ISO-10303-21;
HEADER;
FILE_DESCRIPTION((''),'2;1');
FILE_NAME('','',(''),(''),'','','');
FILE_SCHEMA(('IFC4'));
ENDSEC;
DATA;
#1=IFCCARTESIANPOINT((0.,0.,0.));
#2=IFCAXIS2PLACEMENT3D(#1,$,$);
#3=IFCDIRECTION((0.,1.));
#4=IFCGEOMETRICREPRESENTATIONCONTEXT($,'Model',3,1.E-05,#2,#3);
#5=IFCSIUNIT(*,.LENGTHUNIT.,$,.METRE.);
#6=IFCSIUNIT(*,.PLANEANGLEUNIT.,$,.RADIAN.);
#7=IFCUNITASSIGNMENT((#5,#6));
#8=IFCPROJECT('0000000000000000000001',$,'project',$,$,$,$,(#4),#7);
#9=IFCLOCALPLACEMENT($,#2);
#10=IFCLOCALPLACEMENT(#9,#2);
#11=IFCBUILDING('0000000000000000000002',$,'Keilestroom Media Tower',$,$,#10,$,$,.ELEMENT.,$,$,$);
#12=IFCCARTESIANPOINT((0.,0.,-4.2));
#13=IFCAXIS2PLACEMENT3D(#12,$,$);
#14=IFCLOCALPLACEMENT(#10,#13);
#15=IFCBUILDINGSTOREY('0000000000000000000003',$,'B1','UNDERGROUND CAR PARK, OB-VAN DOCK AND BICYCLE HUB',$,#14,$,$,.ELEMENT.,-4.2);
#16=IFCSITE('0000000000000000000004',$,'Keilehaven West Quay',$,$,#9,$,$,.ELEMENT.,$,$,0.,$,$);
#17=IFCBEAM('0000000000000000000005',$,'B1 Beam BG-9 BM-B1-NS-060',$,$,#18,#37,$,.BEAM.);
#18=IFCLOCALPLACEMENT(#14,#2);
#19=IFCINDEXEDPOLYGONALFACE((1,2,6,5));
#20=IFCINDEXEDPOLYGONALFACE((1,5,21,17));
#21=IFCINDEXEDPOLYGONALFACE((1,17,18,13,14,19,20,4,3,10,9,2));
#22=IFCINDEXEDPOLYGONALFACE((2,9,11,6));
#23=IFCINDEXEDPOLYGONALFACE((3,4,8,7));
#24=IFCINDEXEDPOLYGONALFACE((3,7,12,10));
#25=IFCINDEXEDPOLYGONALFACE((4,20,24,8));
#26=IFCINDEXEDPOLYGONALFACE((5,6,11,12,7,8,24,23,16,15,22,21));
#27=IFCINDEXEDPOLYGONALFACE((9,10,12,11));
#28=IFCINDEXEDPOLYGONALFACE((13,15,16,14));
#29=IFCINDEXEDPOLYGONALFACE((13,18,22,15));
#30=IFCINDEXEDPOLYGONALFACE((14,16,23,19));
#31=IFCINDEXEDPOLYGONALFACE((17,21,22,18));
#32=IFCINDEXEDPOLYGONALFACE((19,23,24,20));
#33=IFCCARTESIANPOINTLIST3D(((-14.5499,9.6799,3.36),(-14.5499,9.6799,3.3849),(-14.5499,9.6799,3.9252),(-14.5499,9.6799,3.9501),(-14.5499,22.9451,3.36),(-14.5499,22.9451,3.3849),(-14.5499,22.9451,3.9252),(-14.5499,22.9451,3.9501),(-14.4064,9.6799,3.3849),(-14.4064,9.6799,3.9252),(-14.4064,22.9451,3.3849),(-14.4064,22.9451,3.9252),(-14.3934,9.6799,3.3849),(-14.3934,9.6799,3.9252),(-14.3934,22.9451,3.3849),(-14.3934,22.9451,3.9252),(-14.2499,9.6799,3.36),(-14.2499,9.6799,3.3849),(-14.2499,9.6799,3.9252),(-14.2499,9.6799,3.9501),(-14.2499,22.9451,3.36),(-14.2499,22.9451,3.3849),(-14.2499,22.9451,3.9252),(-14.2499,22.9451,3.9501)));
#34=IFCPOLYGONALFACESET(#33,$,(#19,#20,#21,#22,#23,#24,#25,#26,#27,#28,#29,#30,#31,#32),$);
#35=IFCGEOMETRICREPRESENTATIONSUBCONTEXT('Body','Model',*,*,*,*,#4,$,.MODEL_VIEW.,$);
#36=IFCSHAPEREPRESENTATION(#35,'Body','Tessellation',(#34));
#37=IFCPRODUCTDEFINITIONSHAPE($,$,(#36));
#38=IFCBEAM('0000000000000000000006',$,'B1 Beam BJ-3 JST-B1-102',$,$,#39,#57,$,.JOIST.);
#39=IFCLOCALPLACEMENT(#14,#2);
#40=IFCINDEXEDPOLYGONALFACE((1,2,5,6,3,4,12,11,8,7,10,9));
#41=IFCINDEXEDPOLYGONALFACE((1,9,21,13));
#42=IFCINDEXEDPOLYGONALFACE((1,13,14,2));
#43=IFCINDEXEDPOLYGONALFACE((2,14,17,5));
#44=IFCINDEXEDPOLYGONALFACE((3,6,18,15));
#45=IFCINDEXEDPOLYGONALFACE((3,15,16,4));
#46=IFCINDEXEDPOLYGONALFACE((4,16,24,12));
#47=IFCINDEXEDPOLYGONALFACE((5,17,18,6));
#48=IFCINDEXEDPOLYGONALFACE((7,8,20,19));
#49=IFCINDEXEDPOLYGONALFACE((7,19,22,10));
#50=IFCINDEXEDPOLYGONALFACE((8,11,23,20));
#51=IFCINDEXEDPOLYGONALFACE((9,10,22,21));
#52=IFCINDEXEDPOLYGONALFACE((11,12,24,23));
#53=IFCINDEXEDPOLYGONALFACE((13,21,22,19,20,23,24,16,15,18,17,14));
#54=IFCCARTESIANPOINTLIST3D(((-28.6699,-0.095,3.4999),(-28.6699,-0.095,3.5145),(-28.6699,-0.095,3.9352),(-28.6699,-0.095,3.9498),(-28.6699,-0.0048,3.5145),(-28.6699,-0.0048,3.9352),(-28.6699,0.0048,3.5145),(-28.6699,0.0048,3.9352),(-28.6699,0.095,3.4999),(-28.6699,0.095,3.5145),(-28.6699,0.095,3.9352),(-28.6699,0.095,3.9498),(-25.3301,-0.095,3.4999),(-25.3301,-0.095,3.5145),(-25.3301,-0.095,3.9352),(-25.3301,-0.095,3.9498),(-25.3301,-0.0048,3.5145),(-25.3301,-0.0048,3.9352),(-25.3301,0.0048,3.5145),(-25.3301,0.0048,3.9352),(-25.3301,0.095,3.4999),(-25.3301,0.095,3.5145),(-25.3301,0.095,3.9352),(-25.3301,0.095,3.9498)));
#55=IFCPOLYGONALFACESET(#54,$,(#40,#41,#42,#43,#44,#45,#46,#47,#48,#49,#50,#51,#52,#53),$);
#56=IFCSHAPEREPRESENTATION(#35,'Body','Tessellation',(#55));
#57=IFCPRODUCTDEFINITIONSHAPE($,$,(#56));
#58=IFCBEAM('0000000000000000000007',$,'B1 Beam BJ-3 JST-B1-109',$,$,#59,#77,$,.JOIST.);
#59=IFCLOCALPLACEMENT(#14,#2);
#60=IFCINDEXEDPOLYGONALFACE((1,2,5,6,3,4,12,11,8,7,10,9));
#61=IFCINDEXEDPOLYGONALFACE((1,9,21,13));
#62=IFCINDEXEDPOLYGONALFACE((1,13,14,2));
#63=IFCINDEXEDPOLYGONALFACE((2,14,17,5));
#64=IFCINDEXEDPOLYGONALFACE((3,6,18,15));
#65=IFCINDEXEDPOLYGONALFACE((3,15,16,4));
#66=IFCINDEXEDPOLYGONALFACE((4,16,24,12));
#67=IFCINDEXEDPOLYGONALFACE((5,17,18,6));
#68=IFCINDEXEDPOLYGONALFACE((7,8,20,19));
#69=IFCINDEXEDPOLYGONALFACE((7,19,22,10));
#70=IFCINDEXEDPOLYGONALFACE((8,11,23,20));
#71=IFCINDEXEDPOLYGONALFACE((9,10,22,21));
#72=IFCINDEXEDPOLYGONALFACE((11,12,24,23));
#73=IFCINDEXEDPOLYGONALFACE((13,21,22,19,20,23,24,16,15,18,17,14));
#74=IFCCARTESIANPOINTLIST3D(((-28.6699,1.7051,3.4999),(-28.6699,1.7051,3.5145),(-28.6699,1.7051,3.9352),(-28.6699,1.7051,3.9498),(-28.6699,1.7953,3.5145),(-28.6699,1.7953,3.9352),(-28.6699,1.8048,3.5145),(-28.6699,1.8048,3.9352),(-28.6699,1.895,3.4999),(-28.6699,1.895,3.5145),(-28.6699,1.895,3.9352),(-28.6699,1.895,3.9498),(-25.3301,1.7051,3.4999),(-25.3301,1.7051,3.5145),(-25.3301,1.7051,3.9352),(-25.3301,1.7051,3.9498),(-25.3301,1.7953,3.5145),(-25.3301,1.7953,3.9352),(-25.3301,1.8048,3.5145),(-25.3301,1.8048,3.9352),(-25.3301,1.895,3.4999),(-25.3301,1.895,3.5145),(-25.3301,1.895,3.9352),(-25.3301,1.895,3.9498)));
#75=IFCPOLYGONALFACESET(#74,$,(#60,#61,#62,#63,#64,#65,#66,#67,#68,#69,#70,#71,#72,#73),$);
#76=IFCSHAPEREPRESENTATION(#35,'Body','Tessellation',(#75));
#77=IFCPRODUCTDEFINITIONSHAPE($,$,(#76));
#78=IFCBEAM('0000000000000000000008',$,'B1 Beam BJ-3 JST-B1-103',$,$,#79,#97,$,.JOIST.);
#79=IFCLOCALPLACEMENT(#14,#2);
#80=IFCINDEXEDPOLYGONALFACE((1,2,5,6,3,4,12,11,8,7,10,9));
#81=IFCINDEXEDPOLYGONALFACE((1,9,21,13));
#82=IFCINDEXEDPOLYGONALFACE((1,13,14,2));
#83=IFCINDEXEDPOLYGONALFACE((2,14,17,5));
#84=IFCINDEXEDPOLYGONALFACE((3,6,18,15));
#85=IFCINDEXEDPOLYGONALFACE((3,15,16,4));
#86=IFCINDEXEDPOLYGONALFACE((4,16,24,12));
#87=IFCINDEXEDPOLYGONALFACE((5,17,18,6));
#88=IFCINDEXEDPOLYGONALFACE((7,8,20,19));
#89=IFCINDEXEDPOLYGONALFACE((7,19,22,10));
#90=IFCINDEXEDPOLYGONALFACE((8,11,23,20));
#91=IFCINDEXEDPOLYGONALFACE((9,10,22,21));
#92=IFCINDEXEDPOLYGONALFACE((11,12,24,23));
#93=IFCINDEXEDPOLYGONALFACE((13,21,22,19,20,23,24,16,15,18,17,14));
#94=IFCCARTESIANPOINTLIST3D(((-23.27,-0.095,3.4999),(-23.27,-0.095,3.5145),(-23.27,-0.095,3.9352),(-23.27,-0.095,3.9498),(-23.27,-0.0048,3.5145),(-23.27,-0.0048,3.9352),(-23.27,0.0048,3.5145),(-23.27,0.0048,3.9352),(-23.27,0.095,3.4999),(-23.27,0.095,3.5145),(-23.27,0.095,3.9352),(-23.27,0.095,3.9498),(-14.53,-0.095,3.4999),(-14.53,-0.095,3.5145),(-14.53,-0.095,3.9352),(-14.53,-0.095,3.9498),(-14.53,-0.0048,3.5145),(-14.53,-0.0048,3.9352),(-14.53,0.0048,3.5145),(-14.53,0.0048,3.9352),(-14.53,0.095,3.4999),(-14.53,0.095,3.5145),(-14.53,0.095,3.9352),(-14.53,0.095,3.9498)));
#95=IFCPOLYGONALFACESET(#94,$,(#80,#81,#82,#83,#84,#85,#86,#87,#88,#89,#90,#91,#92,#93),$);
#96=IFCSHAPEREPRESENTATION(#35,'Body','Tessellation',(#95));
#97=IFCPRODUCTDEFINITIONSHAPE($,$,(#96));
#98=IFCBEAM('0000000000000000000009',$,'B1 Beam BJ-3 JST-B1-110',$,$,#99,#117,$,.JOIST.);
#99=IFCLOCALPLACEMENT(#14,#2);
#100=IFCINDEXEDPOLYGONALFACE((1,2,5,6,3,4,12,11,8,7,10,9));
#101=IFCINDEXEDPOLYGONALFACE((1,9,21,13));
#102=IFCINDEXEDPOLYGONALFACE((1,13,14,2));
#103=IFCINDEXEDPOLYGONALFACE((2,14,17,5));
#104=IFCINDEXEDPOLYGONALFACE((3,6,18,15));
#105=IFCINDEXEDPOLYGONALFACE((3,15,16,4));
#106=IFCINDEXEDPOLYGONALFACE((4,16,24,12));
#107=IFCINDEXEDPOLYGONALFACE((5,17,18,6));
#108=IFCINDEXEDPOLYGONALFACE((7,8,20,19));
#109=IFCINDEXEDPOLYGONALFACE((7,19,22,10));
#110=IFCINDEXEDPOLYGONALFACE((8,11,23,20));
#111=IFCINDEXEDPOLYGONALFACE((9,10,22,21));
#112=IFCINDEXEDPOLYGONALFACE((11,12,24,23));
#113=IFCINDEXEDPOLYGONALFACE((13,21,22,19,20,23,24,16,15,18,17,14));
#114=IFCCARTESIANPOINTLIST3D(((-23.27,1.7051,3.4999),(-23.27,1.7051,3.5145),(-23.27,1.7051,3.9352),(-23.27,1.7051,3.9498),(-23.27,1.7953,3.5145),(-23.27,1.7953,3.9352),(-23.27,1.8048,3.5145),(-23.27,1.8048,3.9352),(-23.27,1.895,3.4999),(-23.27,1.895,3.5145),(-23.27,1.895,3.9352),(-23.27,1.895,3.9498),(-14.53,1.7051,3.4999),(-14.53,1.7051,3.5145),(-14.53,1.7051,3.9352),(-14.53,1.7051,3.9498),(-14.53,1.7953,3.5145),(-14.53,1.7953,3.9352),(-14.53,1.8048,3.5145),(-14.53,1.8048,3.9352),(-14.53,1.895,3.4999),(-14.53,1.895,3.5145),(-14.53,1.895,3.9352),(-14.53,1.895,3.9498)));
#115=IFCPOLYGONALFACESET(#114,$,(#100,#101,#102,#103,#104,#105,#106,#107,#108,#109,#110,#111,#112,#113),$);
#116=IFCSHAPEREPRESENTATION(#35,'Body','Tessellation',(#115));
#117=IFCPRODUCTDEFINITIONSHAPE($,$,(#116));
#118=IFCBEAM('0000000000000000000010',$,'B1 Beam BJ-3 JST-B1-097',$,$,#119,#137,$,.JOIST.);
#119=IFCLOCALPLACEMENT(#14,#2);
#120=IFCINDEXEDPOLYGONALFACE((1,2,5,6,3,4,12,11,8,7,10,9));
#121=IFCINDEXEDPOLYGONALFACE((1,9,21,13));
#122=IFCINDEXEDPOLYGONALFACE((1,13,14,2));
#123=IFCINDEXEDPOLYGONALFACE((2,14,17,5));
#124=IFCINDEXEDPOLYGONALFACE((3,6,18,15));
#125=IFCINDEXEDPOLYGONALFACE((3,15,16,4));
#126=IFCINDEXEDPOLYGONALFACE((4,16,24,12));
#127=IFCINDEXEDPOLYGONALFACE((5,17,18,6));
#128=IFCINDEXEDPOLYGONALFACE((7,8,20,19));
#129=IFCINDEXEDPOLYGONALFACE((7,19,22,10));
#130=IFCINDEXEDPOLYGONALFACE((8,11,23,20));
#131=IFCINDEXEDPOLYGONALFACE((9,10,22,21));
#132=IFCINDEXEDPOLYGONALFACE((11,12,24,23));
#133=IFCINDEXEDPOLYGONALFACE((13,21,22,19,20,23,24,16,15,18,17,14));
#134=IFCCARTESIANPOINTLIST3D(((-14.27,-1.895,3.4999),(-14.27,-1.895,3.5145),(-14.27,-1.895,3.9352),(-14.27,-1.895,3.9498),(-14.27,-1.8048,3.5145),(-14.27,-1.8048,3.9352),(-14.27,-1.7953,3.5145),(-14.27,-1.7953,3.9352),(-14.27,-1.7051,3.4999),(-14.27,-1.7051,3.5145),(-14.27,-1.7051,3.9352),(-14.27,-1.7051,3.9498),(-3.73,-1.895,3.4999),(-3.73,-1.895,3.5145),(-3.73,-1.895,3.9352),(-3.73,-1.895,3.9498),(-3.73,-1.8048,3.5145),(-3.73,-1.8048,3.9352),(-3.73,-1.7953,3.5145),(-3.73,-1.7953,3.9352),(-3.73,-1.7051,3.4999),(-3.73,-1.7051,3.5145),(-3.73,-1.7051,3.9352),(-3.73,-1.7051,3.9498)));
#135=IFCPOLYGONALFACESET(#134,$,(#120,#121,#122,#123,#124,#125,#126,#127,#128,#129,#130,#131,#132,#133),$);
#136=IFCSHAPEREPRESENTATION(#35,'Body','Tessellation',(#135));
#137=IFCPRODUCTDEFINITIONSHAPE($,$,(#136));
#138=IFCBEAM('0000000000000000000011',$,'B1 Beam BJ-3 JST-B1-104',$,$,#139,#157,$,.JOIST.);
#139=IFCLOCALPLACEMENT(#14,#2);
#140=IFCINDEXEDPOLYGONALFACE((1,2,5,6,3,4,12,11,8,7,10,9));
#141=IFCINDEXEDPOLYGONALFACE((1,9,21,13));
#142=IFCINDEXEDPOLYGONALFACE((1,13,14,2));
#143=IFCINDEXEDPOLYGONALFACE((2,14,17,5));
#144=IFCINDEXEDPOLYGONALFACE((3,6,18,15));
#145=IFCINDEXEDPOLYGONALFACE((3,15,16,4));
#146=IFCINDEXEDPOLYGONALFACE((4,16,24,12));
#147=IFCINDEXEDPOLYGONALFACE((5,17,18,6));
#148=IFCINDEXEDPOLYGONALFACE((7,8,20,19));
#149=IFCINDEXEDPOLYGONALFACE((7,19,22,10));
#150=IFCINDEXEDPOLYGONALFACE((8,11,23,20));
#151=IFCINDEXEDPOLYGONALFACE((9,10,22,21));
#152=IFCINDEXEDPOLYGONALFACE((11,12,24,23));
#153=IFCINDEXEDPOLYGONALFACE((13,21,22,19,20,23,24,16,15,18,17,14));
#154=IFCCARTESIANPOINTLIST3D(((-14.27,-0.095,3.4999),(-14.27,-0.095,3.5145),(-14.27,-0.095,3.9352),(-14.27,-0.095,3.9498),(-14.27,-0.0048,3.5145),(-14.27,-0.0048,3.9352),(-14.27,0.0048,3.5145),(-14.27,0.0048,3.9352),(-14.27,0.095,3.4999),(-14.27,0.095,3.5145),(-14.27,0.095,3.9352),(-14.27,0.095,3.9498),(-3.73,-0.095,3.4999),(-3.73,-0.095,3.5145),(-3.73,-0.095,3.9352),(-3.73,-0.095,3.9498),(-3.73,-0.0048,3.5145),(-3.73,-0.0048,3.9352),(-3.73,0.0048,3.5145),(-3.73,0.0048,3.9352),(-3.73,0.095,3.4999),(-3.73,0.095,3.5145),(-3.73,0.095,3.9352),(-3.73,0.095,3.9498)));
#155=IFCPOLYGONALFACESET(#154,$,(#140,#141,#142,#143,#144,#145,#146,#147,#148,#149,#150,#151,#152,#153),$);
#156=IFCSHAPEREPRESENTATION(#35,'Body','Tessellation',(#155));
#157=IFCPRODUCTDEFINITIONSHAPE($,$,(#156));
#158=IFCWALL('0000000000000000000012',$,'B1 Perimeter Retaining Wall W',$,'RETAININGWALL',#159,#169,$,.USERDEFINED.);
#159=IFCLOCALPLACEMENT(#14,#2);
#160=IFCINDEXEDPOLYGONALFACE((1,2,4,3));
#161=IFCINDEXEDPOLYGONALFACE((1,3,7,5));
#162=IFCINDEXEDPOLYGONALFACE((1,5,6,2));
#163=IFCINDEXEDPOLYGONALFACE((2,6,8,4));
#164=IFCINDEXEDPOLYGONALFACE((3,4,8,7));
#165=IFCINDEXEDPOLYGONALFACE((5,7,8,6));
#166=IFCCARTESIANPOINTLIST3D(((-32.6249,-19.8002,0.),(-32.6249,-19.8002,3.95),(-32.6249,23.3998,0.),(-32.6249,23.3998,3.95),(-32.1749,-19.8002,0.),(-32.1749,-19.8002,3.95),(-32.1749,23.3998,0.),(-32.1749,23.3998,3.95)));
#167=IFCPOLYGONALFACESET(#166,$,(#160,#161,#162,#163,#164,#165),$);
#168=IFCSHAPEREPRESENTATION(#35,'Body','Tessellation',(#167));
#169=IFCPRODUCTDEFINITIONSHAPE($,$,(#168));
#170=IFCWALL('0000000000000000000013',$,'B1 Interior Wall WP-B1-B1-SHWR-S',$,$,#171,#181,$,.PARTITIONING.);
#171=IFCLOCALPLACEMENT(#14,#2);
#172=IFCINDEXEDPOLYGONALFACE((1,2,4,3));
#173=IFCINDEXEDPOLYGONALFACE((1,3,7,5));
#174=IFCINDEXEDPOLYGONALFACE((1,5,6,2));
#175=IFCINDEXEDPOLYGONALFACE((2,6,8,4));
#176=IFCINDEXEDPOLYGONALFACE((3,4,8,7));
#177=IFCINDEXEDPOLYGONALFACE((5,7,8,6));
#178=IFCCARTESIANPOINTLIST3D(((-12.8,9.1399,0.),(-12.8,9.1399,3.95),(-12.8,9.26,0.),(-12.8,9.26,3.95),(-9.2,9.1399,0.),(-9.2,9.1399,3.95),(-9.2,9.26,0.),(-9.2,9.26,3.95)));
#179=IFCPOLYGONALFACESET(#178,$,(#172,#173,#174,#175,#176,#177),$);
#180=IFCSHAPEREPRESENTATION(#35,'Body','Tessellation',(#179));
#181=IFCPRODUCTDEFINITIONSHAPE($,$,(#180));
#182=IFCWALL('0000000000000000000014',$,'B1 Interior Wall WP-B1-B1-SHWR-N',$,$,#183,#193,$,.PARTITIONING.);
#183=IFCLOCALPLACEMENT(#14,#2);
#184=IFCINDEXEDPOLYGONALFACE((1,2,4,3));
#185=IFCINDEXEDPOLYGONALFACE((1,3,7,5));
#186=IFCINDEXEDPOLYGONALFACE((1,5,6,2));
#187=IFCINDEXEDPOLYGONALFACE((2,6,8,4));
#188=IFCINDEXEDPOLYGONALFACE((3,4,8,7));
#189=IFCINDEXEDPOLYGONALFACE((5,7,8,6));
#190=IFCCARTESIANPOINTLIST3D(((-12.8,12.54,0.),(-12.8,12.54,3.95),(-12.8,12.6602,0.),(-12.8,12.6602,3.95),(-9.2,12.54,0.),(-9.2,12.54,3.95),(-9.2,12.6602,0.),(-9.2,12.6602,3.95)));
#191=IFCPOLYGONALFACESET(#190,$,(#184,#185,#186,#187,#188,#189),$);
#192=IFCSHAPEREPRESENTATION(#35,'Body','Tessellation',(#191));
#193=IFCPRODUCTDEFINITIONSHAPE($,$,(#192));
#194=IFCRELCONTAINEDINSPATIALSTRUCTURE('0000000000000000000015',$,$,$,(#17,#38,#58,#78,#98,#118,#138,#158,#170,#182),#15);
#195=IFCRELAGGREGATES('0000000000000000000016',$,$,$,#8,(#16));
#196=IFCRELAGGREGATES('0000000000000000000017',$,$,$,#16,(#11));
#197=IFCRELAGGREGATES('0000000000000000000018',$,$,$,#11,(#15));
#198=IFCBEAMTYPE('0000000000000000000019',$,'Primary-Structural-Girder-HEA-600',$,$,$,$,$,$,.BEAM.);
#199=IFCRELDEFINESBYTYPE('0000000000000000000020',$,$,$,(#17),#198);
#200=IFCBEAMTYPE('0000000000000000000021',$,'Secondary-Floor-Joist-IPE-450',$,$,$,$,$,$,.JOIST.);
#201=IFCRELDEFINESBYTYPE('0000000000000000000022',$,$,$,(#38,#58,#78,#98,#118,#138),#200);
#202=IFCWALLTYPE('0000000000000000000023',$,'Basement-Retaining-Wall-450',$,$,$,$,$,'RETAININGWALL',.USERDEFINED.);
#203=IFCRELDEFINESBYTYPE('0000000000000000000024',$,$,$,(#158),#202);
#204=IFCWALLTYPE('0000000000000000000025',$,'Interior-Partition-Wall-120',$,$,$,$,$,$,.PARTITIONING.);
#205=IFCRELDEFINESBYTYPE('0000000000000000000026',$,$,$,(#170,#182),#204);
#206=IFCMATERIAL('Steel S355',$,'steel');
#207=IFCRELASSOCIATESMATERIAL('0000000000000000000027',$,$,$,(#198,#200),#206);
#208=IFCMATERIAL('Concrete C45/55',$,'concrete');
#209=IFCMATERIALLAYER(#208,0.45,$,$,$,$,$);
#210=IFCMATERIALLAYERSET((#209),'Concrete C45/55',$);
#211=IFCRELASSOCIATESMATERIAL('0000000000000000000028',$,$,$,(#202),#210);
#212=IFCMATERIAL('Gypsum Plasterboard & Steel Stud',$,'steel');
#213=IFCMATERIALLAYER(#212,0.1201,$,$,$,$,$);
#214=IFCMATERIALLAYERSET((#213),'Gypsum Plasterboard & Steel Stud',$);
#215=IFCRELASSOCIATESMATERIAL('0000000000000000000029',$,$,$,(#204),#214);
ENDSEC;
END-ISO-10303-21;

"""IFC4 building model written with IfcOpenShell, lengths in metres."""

from ifc_helpers import new_model, si_unit, direction, frame, frame_2d, origin, origin_2d, place, context, subcontext, project, spatial, rectangle, i_section, extrude, source, transform, mapped, material, layer, layer_set, material_profile, profile_set, type_object, element, save


model = new_model("IFC4")

# Units and contexts
model_context = context("Model", 3, precision=1e-05, world=origin(), true_north=direction((0.0, 1.0)))
body_context = subcontext(model_context, "Body", "Model", "MODEL_VIEW")
ifc_project = project(units=[si_unit("LENGTHUNIT", "METRE"), si_unit("PLANEANGLEUNIT", "RADIAN")], contexts=[model_context])

# Site, building, storey
site_placement = place(None, origin())
site = spatial("IfcSite", under=ifc_project, at=site_placement, Name="Keilehaven West Quay", CompositionType="ELEMENT", RefElevation=0.0)
building_placement = place(site_placement, origin())
building = spatial("IfcBuilding", under=site, at=building_placement, Name="Keilestroom Media Tower", CompositionType="ELEMENT")
storey_placement = place(building_placement, frame((0.0, 0.0, -4.2)))
storey = spatial("IfcBuildingStorey", under=building, at=storey_placement, Name="B1", Description="UNDERGROUND CAR PARK, OB-VAN DOCK AND BICYCLE HUB", CompositionType="ELEMENT", Elevation=-4.2)

# Beams
ifc_material_1 = material(Name="Steel S355", Category="steel")
ifc_material_profile_1 = material_profile(ifc_material_1, i_section(OverallWidth=0.3, OverallDepth=0.5901, WebThickness=0.0129, FlangeThickness=0.0249, at=origin_2d()), Name="HEA 600")
ifc_profile_set_1 = profile_set([ifc_material_profile_1], Name="Steel S355")
beam_type_1 = type_object("IfcBeamType", Name="Primary-Structural-Girder-HEA-600", PredefinedType="BEAM", material=ifc_profile_set_1)
shared_shape_1 = source(origin(), body_context, "Body", "SweptSolid", [
    extrude(i_section(OverallWidth=0.3, OverallDepth=0.5901, WebThickness=0.0129, FlangeThickness=0.0249, at=origin_2d()), origin(), (0.0, 0.0, 1.0), 13.2651),
])
beam_1_placement = place(storey_placement, frame((-14.3999, 9.6799, 3.655), z_axis=(0.0, 1.0, 0.0), x_axis=(-1.0, 0.0, 0.0)))
element("IfcBeam", 1, at=beam_1_placement, inside=storey, type_object=beam_type_1, Name="B1 Beam BG-9 BM-B1-NS-060", PredefinedType="BEAM", context=body_context, shape_type="MappedRepresentation", body=[
    mapped(shared_shape_1, transform((0.0, 0.0, 0.0), x_axis=(1.0, 0.0, 0.0), y_axis=(0.0, 1.0, 0.0), z_axis=(0.0, 0.0, 1.0), scale=1.0)),
])
ifc_material_profile_2 = material_profile(ifc_material_1, i_section(OverallWidth=0.1899, OverallDepth=0.45, WebThickness=0.0095, FlangeThickness=0.0146, at=origin_2d()), Name="IPE 450")
ifc_profile_set_2 = profile_set([ifc_material_profile_2], Name="Steel S355")
beam_type_2 = type_object("IfcBeamType", Name="Secondary-Floor-Joist-IPE-450", PredefinedType="JOIST", material=ifc_profile_set_2)
shared_shape_2 = source(origin(), body_context, "Body", "SweptSolid", [
    extrude(i_section(OverallWidth=0.1899, OverallDepth=0.45, WebThickness=0.0095, FlangeThickness=0.0146, at=origin_2d()), origin(), (0.0, 0.0, 1.0), 3.3398),
])
for number, where, z_axis, x_axis, name in (
    (2, (-28.6699, 0.0, 3.7249), (1.0, 0.0, 0.0), (0.0, 1.0, 0.0), "B1 Beam BJ-3 JST-B1-102"),
    (3, (-28.6699, 1.8, 3.7249), (1.0, 0.0, 0.0), (0.0, 1.0, 0.0), "B1 Beam BJ-3 JST-B1-109"),
):
    element("IfcBeam", number, at=place(storey_placement, frame(where, z_axis=z_axis, x_axis=x_axis)), inside=storey, type_object=beam_type_2, Name=name, PredefinedType="JOIST", context=body_context, shape_type="MappedRepresentation", body=[
        mapped(shared_shape_2, transform((0.0, 0.0, 0.0), x_axis=(1.0, 0.0, 0.0), y_axis=(0.0, 1.0, 0.0), z_axis=(0.0, 0.0, 1.0), scale=1.0)),
    ])
shared_shape_3 = source(origin(), body_context, "Body", "SweptSolid", [
    extrude(i_section(OverallWidth=0.1899, OverallDepth=0.45, WebThickness=0.0095, FlangeThickness=0.0146, at=origin_2d()), origin(), (0.0, 0.0, 1.0), 8.74),
])
for number, where, z_axis, x_axis, name in (
    (4, (-23.27, 0.0, 3.7249), (1.0, 0.0, 0.0), (0.0, 1.0, 0.0), "B1 Beam BJ-3 JST-B1-103"),
    (5, (-23.27, 1.8, 3.7249), (1.0, 0.0, 0.0), (0.0, 1.0, 0.0), "B1 Beam BJ-3 JST-B1-110"),
):
    element("IfcBeam", number, at=place(storey_placement, frame(where, z_axis=z_axis, x_axis=x_axis)), inside=storey, type_object=beam_type_2, Name=name, PredefinedType="JOIST", context=body_context, shape_type="MappedRepresentation", body=[
        mapped(shared_shape_3, transform((0.0, 0.0, 0.0), x_axis=(1.0, 0.0, 0.0), y_axis=(0.0, 1.0, 0.0), z_axis=(0.0, 0.0, 1.0), scale=1.0)),
    ])
shared_shape_4 = source(origin(), body_context, "Body", "SweptSolid", [
    extrude(i_section(OverallWidth=0.1899, OverallDepth=0.45, WebThickness=0.0095, FlangeThickness=0.0146, at=origin_2d()), origin(), (0.0, 0.0, 1.0), 10.54),
])
for number, where, z_axis, x_axis, name in (
    (6, (-14.27, -1.8, 3.7249), (1.0, 0.0, 0.0), (0.0, 1.0, 0.0), "B1 Beam BJ-3 JST-B1-097"),
    (7, (-14.27, 0.0, 3.7249), (1.0, 0.0, 0.0), (0.0, 1.0, 0.0), "B1 Beam BJ-3 JST-B1-104"),
):
    element("IfcBeam", number, at=place(storey_placement, frame(where, z_axis=z_axis, x_axis=x_axis)), inside=storey, type_object=beam_type_2, Name=name, PredefinedType="JOIST", context=body_context, shape_type="MappedRepresentation", body=[
        mapped(shared_shape_4, transform((0.0, 0.0, 0.0), x_axis=(1.0, 0.0, 0.0), y_axis=(0.0, 1.0, 0.0), z_axis=(0.0, 0.0, 1.0), scale=1.0)),
    ])

# Walls
ifc_material_2 = material(Name="Concrete C45/55", Category="concrete")
ifc_layer_1 = layer(ifc_material_2, 0.45)
ifc_layer_set_1 = layer_set([ifc_layer_1], Name="Concrete C45/55")
wall_type_1 = type_object("IfcWallType", Name="Basement-Retaining-Wall-450", ElementType="RETAININGWALL", PredefinedType="USERDEFINED", material=ifc_layer_set_1)
wall_1_placement = place(storey_placement, frame((-32.3999, 23.3999, 0.0), z_axis=(0.0, 0.0, 1.0), x_axis=(0.0, -1.0, 0.0)))
element("IfcWall", 8, at=wall_1_placement, inside=storey, type_object=wall_type_1, Name="B1 Perimeter Retaining Wall W", ObjectType="RETAININGWALL", PredefinedType="USERDEFINED", context=body_context, shape_type="SweptSolid", body=[
    extrude(rectangle(XDim=43.2, YDim=0.45, at=frame_2d((21.6001, 0.0))), origin(), (0.0, 0.0, 1.0), 3.95),
])
ifc_material_3 = material(Name="Gypsum Plasterboard & Steel Stud", Category="steel")
ifc_layer_2 = layer(ifc_material_3, 0.1201)
ifc_layer_set_2 = layer_set([ifc_layer_2], Name="Gypsum Plasterboard & Steel Stud")
wall_type_2 = type_object("IfcWallType", Name="Interior-Partition-Wall-120", PredefinedType="PARTITIONING", material=ifc_layer_set_2)
for number, where, z_axis, x_axis, name in (
    (9, (-12.8, 9.2, 0.0), (0.0, 0.0, 1.0), (1.0, 0.0, 0.0), "B1 Interior Wall WP-B1-B1-SHWR-S"),
    (10, (-12.8, 12.6001, 0.0), (0.0, 0.0, 1.0), (1.0, 0.0, 0.0), "B1 Interior Wall WP-B1-B1-SHWR-N"),
):
    element("IfcWall", number, at=place(storey_placement, frame(where, z_axis=z_axis, x_axis=x_axis)), inside=storey, type_object=wall_type_2, Name=name, PredefinedType="PARTITIONING", context=body_context, shape_type="SweptSolid", body=[
        extrude(rectangle(XDim=3.6001, YDim=0.1201, at=frame_2d((1.8, 0.0))), origin(), (0.0, 0.0, 1.0), 3.95),
    ])

save(model, "model.ifc")
